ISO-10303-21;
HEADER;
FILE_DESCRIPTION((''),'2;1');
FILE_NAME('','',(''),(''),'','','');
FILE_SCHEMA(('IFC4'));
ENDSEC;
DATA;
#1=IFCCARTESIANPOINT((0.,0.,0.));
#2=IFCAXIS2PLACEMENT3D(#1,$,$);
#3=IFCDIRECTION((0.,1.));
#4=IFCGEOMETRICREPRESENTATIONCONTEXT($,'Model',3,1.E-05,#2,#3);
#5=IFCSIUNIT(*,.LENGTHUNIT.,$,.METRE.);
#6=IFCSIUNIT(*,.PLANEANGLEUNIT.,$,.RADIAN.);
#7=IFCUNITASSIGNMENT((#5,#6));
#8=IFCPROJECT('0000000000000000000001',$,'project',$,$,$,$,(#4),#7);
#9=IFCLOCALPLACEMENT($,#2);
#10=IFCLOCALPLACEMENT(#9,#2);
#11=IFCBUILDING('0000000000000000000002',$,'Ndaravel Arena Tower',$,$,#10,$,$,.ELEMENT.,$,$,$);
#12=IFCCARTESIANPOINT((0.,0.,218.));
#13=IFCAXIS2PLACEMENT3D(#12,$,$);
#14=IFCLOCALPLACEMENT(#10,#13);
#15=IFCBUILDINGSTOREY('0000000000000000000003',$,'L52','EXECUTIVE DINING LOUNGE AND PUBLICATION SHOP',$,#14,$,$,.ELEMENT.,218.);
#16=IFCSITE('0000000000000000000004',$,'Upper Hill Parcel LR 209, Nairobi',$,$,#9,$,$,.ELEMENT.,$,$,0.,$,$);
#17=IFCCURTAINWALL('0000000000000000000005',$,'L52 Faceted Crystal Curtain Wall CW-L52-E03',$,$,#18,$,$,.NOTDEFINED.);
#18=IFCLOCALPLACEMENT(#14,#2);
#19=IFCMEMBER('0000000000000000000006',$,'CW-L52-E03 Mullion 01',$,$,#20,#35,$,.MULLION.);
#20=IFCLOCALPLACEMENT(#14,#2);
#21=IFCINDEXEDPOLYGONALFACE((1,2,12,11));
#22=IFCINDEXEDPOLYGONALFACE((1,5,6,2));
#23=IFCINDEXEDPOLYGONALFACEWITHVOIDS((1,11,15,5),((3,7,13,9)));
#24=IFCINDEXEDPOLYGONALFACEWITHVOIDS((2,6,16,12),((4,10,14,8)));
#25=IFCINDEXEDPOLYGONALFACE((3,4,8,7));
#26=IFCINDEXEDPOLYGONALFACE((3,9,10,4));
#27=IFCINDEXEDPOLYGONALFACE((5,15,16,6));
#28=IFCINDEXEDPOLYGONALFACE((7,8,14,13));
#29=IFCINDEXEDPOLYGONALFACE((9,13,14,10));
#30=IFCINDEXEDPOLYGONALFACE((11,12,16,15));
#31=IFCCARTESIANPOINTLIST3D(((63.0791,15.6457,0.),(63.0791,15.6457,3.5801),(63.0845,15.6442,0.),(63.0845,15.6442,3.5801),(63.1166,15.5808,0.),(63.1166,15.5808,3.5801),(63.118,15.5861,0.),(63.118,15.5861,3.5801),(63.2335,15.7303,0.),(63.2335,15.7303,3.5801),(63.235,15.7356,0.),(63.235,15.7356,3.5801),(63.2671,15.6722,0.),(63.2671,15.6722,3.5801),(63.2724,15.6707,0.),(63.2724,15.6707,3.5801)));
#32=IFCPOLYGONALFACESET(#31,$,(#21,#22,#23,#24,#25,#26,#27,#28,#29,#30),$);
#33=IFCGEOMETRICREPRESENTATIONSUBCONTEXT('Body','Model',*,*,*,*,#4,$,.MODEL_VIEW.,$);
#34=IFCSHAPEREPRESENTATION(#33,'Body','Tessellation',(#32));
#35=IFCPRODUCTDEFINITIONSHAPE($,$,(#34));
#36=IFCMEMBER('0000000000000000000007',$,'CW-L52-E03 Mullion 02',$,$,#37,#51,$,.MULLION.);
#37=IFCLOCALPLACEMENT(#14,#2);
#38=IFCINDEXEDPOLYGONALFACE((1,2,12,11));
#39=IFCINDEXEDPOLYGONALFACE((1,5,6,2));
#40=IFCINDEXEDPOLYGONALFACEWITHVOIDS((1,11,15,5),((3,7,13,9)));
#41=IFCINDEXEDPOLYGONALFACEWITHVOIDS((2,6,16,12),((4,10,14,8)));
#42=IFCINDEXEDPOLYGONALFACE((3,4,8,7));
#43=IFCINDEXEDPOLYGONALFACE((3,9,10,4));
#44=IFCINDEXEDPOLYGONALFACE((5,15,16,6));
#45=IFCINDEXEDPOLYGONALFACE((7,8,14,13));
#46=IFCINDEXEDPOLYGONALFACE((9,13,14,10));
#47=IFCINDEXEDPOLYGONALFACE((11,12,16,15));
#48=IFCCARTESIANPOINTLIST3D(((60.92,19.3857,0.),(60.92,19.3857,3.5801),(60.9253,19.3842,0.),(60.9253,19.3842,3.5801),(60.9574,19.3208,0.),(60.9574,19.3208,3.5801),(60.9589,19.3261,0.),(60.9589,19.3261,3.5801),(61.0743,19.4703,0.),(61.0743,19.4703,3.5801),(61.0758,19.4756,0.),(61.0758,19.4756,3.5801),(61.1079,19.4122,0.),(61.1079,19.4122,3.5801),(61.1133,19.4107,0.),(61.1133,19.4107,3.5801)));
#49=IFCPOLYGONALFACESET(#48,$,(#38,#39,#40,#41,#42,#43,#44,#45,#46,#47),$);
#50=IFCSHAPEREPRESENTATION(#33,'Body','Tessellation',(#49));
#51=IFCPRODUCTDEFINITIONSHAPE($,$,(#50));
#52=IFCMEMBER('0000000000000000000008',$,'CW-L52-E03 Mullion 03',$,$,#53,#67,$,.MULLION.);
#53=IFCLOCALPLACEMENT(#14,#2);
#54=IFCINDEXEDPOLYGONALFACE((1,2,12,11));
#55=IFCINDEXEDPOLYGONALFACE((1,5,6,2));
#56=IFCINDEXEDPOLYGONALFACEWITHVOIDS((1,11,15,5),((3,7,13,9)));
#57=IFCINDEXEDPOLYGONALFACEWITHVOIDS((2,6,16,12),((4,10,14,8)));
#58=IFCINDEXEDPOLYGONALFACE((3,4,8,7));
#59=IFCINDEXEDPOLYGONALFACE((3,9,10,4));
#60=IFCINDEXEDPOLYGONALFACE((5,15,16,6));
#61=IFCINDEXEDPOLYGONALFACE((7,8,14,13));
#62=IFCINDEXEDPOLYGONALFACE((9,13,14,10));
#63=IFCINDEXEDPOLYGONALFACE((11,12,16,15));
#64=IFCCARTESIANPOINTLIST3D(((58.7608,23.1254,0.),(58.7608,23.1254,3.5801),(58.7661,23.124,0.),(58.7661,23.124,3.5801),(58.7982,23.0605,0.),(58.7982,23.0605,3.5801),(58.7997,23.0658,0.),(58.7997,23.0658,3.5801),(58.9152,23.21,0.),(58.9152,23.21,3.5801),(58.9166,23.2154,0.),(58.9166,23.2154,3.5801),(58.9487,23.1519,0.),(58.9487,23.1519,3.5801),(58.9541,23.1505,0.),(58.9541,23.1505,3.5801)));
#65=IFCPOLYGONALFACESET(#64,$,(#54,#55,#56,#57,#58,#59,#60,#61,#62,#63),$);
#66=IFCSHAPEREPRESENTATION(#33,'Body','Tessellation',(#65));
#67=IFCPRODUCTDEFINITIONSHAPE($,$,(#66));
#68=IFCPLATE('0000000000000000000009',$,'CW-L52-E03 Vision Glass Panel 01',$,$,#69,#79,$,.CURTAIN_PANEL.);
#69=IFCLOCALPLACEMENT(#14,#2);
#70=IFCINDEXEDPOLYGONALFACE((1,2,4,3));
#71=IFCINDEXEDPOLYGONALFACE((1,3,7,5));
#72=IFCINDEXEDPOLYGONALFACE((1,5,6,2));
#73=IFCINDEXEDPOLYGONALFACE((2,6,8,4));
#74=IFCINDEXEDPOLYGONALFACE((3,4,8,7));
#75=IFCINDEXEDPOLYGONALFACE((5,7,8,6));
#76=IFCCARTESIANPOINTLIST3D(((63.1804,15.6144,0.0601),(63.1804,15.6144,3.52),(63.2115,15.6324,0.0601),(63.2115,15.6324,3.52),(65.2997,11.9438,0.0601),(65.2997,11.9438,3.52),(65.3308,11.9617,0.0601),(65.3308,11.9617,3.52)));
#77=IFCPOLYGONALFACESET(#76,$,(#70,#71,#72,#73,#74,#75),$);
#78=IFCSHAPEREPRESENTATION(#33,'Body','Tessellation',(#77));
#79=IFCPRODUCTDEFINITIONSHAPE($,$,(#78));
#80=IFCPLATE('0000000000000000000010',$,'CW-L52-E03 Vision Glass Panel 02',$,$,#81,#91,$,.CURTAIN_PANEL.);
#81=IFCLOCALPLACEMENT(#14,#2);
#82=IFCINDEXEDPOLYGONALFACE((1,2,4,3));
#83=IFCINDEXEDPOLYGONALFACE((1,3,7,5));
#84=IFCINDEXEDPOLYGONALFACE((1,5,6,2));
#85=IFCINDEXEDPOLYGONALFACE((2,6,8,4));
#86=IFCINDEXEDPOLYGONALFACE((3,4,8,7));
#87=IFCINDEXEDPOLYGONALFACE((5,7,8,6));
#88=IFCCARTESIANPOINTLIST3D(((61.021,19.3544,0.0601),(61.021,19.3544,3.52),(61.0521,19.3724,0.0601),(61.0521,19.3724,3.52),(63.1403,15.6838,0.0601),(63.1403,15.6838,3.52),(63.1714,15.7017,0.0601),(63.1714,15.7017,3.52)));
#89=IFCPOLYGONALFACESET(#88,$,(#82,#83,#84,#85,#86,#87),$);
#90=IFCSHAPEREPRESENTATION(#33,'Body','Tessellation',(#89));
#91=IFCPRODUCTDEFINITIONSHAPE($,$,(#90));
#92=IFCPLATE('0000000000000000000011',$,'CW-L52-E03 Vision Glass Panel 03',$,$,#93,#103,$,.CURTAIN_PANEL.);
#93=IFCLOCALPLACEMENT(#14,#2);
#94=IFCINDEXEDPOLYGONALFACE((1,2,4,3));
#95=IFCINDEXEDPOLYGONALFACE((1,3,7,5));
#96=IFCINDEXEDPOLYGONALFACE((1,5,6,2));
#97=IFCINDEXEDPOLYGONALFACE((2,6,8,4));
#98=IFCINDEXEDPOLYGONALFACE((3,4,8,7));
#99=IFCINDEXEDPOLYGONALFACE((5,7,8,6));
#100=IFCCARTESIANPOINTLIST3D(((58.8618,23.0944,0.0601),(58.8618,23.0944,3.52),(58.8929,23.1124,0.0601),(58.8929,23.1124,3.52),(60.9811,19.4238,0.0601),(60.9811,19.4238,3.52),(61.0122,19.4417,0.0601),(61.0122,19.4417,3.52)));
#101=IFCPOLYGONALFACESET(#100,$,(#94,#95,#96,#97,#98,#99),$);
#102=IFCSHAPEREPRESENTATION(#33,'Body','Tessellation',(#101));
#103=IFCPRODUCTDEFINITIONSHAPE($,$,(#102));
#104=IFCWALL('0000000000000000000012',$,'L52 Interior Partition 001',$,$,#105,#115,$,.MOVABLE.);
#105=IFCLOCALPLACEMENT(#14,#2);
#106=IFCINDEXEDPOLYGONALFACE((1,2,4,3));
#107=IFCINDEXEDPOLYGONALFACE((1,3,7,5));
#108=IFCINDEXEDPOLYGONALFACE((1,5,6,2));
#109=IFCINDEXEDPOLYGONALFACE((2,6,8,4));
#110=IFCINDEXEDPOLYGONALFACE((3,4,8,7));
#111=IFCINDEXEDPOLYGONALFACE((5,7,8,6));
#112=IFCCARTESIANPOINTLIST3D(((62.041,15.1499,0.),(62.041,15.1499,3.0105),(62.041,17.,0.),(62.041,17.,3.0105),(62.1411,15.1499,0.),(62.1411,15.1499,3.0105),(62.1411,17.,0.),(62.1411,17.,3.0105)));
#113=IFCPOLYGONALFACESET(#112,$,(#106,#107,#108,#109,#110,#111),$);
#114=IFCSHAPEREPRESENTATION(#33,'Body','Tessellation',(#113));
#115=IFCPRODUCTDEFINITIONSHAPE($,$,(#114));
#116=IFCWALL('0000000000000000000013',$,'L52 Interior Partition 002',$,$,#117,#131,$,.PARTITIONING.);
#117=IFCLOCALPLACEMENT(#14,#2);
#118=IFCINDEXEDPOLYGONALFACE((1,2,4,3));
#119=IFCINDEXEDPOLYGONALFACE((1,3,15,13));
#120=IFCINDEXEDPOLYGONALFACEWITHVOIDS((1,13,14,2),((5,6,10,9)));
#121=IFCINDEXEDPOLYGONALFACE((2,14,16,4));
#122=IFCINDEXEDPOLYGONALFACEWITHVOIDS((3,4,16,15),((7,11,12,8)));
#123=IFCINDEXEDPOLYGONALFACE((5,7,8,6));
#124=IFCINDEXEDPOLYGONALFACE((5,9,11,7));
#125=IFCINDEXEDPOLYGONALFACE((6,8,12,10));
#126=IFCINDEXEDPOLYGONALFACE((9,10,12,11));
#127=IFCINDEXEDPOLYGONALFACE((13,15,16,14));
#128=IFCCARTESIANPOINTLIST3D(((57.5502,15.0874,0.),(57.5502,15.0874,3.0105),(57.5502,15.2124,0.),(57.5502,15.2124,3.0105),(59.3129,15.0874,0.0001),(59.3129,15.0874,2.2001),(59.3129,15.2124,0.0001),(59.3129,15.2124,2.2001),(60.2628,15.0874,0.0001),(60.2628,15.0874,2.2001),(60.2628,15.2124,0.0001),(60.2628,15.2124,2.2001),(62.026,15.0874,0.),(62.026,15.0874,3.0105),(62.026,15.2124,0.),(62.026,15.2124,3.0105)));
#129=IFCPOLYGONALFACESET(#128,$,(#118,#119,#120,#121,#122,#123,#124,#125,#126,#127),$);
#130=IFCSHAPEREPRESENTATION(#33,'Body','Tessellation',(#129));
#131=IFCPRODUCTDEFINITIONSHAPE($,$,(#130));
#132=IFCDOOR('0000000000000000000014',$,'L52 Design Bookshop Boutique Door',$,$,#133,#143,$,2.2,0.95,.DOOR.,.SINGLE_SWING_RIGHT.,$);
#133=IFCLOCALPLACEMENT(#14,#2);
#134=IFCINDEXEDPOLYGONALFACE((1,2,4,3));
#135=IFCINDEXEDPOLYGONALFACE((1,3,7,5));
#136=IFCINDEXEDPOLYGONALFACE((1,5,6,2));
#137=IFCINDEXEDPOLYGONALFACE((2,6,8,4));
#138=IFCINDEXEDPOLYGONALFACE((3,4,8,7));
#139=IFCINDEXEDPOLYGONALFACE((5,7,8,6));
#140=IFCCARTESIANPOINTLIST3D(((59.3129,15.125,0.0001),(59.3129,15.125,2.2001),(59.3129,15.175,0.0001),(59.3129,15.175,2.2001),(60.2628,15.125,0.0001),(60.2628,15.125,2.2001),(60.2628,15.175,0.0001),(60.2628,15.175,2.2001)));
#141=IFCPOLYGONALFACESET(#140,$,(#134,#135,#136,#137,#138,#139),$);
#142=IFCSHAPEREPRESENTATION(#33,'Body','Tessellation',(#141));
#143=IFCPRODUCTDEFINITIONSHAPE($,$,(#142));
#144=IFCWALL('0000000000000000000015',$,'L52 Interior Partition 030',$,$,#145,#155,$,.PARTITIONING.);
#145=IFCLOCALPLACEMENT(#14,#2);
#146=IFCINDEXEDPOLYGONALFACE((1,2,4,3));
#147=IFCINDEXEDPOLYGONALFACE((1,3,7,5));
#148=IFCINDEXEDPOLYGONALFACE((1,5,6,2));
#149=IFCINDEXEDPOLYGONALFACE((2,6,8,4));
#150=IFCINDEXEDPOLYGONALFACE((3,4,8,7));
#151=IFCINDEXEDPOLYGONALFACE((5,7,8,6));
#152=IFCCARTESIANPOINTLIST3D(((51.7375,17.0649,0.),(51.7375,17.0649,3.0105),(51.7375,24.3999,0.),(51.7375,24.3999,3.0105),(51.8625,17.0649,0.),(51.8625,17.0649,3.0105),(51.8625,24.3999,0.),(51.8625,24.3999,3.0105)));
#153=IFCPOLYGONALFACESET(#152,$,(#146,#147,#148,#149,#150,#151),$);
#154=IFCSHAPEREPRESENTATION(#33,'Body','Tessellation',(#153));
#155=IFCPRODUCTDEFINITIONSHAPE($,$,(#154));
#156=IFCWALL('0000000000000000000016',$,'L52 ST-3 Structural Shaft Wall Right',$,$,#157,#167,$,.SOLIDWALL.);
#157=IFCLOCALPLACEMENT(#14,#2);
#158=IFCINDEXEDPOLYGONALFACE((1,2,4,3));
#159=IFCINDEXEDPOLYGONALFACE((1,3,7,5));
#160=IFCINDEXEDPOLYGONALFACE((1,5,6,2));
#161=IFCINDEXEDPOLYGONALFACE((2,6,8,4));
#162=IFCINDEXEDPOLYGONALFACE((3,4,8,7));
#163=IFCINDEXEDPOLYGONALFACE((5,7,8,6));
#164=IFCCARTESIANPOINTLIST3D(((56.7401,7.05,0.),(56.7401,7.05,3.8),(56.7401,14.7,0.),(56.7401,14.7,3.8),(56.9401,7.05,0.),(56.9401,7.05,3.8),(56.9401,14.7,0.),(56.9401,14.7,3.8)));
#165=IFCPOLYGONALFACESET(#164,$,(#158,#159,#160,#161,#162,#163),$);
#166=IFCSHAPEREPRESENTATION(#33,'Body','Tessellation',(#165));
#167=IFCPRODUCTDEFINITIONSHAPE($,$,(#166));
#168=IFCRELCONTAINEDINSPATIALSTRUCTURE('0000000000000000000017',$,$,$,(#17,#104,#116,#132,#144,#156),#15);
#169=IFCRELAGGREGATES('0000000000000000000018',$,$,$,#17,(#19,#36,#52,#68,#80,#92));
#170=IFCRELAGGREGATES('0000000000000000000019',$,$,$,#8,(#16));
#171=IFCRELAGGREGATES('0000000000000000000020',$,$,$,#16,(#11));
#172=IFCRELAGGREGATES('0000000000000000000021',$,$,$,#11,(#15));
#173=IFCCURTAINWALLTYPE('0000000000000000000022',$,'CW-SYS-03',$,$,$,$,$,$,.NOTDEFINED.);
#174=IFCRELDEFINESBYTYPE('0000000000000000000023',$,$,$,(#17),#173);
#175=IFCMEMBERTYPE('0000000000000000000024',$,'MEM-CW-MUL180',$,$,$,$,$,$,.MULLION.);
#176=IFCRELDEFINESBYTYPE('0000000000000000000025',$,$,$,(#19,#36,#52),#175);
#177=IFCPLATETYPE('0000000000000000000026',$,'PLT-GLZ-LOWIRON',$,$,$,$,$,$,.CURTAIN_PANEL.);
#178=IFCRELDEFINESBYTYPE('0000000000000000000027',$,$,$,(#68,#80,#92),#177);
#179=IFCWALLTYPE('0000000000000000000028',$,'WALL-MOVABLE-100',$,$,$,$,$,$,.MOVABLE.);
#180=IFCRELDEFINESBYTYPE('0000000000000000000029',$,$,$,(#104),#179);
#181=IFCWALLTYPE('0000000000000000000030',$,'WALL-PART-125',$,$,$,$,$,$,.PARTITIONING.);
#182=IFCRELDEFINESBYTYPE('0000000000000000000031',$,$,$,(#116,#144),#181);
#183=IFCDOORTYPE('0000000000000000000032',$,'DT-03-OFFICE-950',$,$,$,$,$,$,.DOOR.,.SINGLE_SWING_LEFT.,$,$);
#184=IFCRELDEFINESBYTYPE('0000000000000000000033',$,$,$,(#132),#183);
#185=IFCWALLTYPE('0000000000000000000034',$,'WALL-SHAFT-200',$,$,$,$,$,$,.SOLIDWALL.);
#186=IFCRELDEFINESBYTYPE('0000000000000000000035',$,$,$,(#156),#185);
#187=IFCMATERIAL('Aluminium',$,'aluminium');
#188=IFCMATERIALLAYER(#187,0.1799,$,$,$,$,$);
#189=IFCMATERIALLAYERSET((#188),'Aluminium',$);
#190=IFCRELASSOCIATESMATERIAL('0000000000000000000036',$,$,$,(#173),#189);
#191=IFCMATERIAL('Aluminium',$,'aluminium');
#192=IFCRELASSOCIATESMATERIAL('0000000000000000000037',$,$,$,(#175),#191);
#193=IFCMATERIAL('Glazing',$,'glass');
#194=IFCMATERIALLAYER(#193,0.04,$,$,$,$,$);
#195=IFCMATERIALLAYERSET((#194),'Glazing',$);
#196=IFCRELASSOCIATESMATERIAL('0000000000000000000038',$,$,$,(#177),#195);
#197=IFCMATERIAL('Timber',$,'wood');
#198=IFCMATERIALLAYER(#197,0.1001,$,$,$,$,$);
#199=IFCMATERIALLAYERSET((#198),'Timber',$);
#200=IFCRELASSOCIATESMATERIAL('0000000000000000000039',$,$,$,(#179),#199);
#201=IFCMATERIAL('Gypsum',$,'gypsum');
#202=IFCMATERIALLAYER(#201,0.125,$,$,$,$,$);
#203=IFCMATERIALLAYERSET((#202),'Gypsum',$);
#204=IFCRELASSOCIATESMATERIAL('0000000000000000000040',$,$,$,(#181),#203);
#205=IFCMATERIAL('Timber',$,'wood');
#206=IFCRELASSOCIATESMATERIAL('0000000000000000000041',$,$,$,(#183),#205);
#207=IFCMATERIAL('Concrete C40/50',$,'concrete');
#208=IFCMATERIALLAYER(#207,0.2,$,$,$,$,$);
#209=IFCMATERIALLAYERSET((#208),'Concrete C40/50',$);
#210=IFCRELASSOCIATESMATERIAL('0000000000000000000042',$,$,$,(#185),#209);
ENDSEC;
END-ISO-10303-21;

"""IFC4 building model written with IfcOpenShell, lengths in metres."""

from ifc_helpers import new_model, si_unit, direction, frame, frame_2d, origin, origin_2d, place, context, subcontext, project, spatial, rectangle, hollow_rectangle, extrude, material, layer, layer_set, material_profile, profile_set, type_object, element, fill, aggregate, save


model = new_model("IFC4")

# Units and contexts
model_context = context("Model", 3, precision=1e-05, world=origin(), true_north=direction((0.0, 1.0)))
body_context = subcontext(model_context, "Body", "Model", "MODEL_VIEW")
ifc_project = project(units=[si_unit("LENGTHUNIT", "METRE"), si_unit("PLANEANGLEUNIT", "RADIAN")], contexts=[model_context])

# Site, building, storey
site_placement = place(None, origin())
site = spatial("IfcSite", under=ifc_project, at=site_placement, Name="Upper Hill Parcel LR 209, Nairobi", CompositionType="ELEMENT", RefElevation=0.0)
building_placement = place(site_placement, origin())
building = spatial("IfcBuilding", under=site, at=building_placement, Name="Ndaravel Arena Tower", CompositionType="ELEMENT")
storey_placement = place(building_placement, frame((0.0, 0.0, 218.0)))
storey = spatial("IfcBuildingStorey", under=building, at=storey_placement, Name="L52", Description="EXECUTIVE DINING LOUNGE AND PUBLICATION SHOP", CompositionType="ELEMENT", Elevation=218.0)

# Curtain wall, members, plates
ifc_material_1 = material(Name="Aluminium", Category="aluminium")
ifc_layer_1 = layer(ifc_material_1, 0.1799)
ifc_layer_set_1 = layer_set([ifc_layer_1], Name="Aluminium")
curtain_wall_type = type_object("IfcCurtainWallType", Name="CW-SYS-03", PredefinedType="NOTDEFINED", material=ifc_layer_set_1)
curtain_wall_placement = place(storey_placement, origin())
curtain_wall = element("IfcCurtainWall", 1, at=curtain_wall_placement, inside=storey, type_object=curtain_wall_type, Name="L52 Faceted Crystal Curtain Wall CW-L52-E03", PredefinedType="NOTDEFINED")
ifc_material_2 = material(Name="Aluminium", Category="aluminium")
ifc_material_profile = material_profile(ifc_material_2, hollow_rectangle(XDim=0.075, YDim=0.1799, WallThickness=0.0039, at=origin_2d()), Name="CW MULLION 75x180x4")
ifc_profile_set = profile_set([ifc_material_profile], Name="Aluminium")
member_type = type_object("IfcMemberType", Name="MEM-CW-MUL180", PredefinedType="MULLION", material=ifc_profile_set)
member_1_placement = place(storey_placement, frame((63.1758, 15.6582, 0.0), z_axis=(0.0, 0.0, 1.0), x_axis=(-0.5, 0.866025, 0.0)))
member_1 = element("IfcMember", 2, at=member_1_placement, type_object=member_type, Name="CW-L52-E03 Mullion 01", PredefinedType="MULLION", context=body_context, shape_type="SweptSolid", body=[
    extrude(hollow_rectangle(XDim=0.075, YDim=0.1799, WallThickness=0.0039, at=origin_2d()), origin(), (0.0, 0.0, 1.0), 3.5801),
])
member_2_placement = place(storey_placement, frame((61.0166, 19.3982, 0.0), z_axis=(0.0, 0.0, 1.0), x_axis=(-0.5, 0.866025, 0.0)))
member_2 = element("IfcMember", 3, at=member_2_placement, type_object=member_type, Name="CW-L52-E03 Mullion 02", PredefinedType="MULLION", context=body_context, shape_type="SweptSolid", body=[
    extrude(hollow_rectangle(XDim=0.075, YDim=0.1799, WallThickness=0.0039, at=origin_2d()), origin(), (0.0, 0.0, 1.0), 3.5801),
])
member_3_placement = place(storey_placement, frame((58.8574, 23.1379, 0.0), z_axis=(0.0, 0.0, 1.0), x_axis=(-0.5, 0.866025, 0.0)))
member_3 = element("IfcMember", 4, at=member_3_placement, type_object=member_type, Name="CW-L52-E03 Mullion 03", PredefinedType="MULLION", context=body_context, shape_type="SweptSolid", body=[
    extrude(hollow_rectangle(XDim=0.075, YDim=0.1799, WallThickness=0.0039, at=origin_2d()), origin(), (0.0, 0.0, 1.0), 3.5801),
])
ifc_material_3 = material(Name="Glazing", Category="glass")
ifc_layer_2 = layer(ifc_material_3, 0.04)
ifc_layer_set_2 = layer_set([ifc_layer_2], Name="Glazing")
plate_type = type_object("IfcPlateType", Name="PLT-GLZ-LOWIRON", PredefinedType="CURTAIN_PANEL", material=ifc_layer_set_2)
plate_1_placement = place(storey_placement, frame((64.2556, 13.7881, 0.0601), z_axis=(0.0, 0.0, 1.0), x_axis=(-0.5, 0.866025, 0.0)))
plate_1 = element("IfcPlate", 5, at=plate_1_placement, type_object=plate_type, Name="CW-L52-E03 Vision Glass Panel 01", PredefinedType="CURTAIN_PANEL", context=body_context, shape_type="SweptSolid", body=[
    extrude(rectangle(XDim=4.2385, YDim=0.0359, at=origin_2d()), origin(), (0.0, 0.0, 1.0), 3.46),
])
plate_2_placement = place(storey_placement, frame((62.0962, 17.5281, 0.0601), z_axis=(0.0, 0.0, 1.0), x_axis=(-0.5, 0.866025, 0.0)))
plate_2 = element("IfcPlate", 6, at=plate_2_placement, type_object=plate_type, Name="CW-L52-E03 Vision Glass Panel 02", PredefinedType="CURTAIN_PANEL", context=body_context, shape_type="SweptSolid", body=[
    extrude(rectangle(XDim=4.2385, YDim=0.0359, at=origin_2d()), origin(), (0.0, 0.0, 1.0), 3.46),
])
plate_3_placement = place(storey_placement, frame((59.937, 21.2681, 0.0601), z_axis=(0.0, 0.0, 1.0), x_axis=(-0.5, 0.866025, 0.0)))
plate_3 = element("IfcPlate", 7, at=plate_3_placement, type_object=plate_type, Name="CW-L52-E03 Vision Glass Panel 03", PredefinedType="CURTAIN_PANEL", context=body_context, shape_type="SweptSolid", body=[
    extrude(rectangle(XDim=4.2385, YDim=0.0359, at=origin_2d()), origin(), (0.0, 0.0, 1.0), 3.46),
])
aggregate(curtain_wall, [member_1, member_2, member_3, plate_1, plate_2, plate_3])

# Wall
ifc_material_4 = material(Name="Timber", Category="wood")
ifc_layer_3 = layer(ifc_material_4, 0.1001)
ifc_layer_set_3 = layer_set([ifc_layer_3], Name="Timber")
wall_type_1 = type_object("IfcWallType", Name="WALL-MOVABLE-100", PredefinedType="MOVABLE", material=ifc_layer_set_3)
wall_1_placement = place(storey_placement, frame((62.0911, 17.0, 0.0), z_axis=(0.0, 0.0, 1.0), x_axis=(0.0, -1.0, 0.0)))
element("IfcWall", 8, at=wall_1_placement, inside=storey, type_object=wall_type_1, Name="L52 Interior Partition 001", PredefinedType="MOVABLE", context=body_context, shape_type="SweptSolid", body=[
    extrude(rectangle(XDim=1.8501, YDim=0.1001, at=frame_2d((0.925, 0.0))), origin(), (0.0, 0.0, 1.0), 3.0105),
])

# Wall, opening, door
ifc_material_5 = material(Name="Gypsum", Category="gypsum")
ifc_layer_4 = layer(ifc_material_5, 0.125)
ifc_layer_set_4 = layer_set([ifc_layer_4], Name="Gypsum")
wall_type_2 = type_object("IfcWallType", Name="WALL-PART-125", PredefinedType="PARTITIONING", material=ifc_layer_set_4)
wall_2_placement = place(storey_placement, frame((62.0259, 15.1499, 0.0), z_axis=(0.0, 0.0, 1.0), x_axis=(-1.0, 0.0, 0.0)))
wall_2 = element("IfcWall", 9, at=wall_2_placement, inside=storey, type_object=wall_type_2, Name="L52 Interior Partition 002", PredefinedType="PARTITIONING", context=body_context, shape_type="SweptSolid", body=[
    extrude(rectangle(XDim=4.4758, YDim=0.125, at=frame_2d((2.2378, 0.0))), origin(), (0.0, 0.0, 1.0), 3.0105),
])
opening_1_placement = place(wall_2_placement, frame((1.7629, 0.0, 0.0)))
opening_1 = element("IfcOpeningElement", 10, at=opening_1_placement, cuts=wall_2, PredefinedType="OPENING", context=body_context, shape_type="SweptSolid", body=[
    extrude(rectangle(XDim=0.95, YDim=2.2, at=frame_2d((0.4751, 1.1001))), frame((0.0, 0.0625, 0.0), z_axis=(0.0, -1.0, 0.0), x_axis=(1.0, 0.0, 0.0)), (0.0, 0.0, 1.0), 0.125),
])
ifc_material_6 = material(Name="Timber", Category="wood")
door_type_1 = type_object("IfcDoorType", Name="DT-03-OFFICE-950", OperationType="SINGLE_SWING_LEFT", PredefinedType="DOOR", material=ifc_material_6)
door_1_placement = place(opening_1_placement, origin())
door_1 = element("IfcDoor", 11, at=door_1_placement, inside=storey, type_object=door_type_1, Name="L52 Design Bookshop Boutique Door", OperationType="SINGLE_SWING_RIGHT", OverallHeight=2.2, OverallWidth=0.95, PredefinedType="DOOR", context=body_context, shape_type="SweptSolid", body=[
    extrude(rectangle(XDim=0.95, YDim=2.2, at=frame_2d((0.4751, 1.1001))), frame((0.0, 0.0249, 0.0), z_axis=(0.0, -1.0, 0.0), x_axis=(1.0, 0.0, 0.0)), (0.0, 0.0, 1.0), 0.05),
])
fill(opening_1, door_1)

# Walls
wall_3_placement = place(storey_placement, frame((51.8, 24.3999, 0.0), z_axis=(0.0, 0.0, 1.0), x_axis=(0.0, -1.0, 0.0)))
element("IfcWall", 12, at=wall_3_placement, inside=storey, type_object=wall_type_2, Name="L52 Interior Partition 030", PredefinedType="PARTITIONING", context=body_context, shape_type="SweptSolid", body=[
    extrude(rectangle(XDim=7.335, YDim=0.125, at=frame_2d((3.6675, 0.0))), origin(), (0.0, 0.0, 1.0), 3.0105),
])
ifc_material_7 = material(Name="Concrete C40/50", Category="concrete")
ifc_layer_5 = layer(ifc_material_7, 0.2)
ifc_layer_set_5 = layer_set([ifc_layer_5], Name="Concrete C40/50")
wall_type_3 = type_object("IfcWallType", Name="WALL-SHAFT-200", PredefinedType="SOLIDWALL", material=ifc_layer_set_5)
wall_4_placement = place(storey_placement, frame((56.8401, 14.7, 0.0), z_axis=(0.0, 0.0, 1.0), x_axis=(0.0, -1.0, 0.0)))
element("IfcWall", 13, at=wall_4_placement, inside=storey, type_object=wall_type_3, Name="L52 ST-3 Structural Shaft Wall Right", PredefinedType="SOLIDWALL", context=body_context, shape_type="SweptSolid", body=[
    extrude(rectangle(XDim=7.6499, YDim=0.2, at=frame_2d((3.825, 0.0))), origin(), (0.0, 0.0, 1.0), 3.8),
])

save(model, "model.ifc")
